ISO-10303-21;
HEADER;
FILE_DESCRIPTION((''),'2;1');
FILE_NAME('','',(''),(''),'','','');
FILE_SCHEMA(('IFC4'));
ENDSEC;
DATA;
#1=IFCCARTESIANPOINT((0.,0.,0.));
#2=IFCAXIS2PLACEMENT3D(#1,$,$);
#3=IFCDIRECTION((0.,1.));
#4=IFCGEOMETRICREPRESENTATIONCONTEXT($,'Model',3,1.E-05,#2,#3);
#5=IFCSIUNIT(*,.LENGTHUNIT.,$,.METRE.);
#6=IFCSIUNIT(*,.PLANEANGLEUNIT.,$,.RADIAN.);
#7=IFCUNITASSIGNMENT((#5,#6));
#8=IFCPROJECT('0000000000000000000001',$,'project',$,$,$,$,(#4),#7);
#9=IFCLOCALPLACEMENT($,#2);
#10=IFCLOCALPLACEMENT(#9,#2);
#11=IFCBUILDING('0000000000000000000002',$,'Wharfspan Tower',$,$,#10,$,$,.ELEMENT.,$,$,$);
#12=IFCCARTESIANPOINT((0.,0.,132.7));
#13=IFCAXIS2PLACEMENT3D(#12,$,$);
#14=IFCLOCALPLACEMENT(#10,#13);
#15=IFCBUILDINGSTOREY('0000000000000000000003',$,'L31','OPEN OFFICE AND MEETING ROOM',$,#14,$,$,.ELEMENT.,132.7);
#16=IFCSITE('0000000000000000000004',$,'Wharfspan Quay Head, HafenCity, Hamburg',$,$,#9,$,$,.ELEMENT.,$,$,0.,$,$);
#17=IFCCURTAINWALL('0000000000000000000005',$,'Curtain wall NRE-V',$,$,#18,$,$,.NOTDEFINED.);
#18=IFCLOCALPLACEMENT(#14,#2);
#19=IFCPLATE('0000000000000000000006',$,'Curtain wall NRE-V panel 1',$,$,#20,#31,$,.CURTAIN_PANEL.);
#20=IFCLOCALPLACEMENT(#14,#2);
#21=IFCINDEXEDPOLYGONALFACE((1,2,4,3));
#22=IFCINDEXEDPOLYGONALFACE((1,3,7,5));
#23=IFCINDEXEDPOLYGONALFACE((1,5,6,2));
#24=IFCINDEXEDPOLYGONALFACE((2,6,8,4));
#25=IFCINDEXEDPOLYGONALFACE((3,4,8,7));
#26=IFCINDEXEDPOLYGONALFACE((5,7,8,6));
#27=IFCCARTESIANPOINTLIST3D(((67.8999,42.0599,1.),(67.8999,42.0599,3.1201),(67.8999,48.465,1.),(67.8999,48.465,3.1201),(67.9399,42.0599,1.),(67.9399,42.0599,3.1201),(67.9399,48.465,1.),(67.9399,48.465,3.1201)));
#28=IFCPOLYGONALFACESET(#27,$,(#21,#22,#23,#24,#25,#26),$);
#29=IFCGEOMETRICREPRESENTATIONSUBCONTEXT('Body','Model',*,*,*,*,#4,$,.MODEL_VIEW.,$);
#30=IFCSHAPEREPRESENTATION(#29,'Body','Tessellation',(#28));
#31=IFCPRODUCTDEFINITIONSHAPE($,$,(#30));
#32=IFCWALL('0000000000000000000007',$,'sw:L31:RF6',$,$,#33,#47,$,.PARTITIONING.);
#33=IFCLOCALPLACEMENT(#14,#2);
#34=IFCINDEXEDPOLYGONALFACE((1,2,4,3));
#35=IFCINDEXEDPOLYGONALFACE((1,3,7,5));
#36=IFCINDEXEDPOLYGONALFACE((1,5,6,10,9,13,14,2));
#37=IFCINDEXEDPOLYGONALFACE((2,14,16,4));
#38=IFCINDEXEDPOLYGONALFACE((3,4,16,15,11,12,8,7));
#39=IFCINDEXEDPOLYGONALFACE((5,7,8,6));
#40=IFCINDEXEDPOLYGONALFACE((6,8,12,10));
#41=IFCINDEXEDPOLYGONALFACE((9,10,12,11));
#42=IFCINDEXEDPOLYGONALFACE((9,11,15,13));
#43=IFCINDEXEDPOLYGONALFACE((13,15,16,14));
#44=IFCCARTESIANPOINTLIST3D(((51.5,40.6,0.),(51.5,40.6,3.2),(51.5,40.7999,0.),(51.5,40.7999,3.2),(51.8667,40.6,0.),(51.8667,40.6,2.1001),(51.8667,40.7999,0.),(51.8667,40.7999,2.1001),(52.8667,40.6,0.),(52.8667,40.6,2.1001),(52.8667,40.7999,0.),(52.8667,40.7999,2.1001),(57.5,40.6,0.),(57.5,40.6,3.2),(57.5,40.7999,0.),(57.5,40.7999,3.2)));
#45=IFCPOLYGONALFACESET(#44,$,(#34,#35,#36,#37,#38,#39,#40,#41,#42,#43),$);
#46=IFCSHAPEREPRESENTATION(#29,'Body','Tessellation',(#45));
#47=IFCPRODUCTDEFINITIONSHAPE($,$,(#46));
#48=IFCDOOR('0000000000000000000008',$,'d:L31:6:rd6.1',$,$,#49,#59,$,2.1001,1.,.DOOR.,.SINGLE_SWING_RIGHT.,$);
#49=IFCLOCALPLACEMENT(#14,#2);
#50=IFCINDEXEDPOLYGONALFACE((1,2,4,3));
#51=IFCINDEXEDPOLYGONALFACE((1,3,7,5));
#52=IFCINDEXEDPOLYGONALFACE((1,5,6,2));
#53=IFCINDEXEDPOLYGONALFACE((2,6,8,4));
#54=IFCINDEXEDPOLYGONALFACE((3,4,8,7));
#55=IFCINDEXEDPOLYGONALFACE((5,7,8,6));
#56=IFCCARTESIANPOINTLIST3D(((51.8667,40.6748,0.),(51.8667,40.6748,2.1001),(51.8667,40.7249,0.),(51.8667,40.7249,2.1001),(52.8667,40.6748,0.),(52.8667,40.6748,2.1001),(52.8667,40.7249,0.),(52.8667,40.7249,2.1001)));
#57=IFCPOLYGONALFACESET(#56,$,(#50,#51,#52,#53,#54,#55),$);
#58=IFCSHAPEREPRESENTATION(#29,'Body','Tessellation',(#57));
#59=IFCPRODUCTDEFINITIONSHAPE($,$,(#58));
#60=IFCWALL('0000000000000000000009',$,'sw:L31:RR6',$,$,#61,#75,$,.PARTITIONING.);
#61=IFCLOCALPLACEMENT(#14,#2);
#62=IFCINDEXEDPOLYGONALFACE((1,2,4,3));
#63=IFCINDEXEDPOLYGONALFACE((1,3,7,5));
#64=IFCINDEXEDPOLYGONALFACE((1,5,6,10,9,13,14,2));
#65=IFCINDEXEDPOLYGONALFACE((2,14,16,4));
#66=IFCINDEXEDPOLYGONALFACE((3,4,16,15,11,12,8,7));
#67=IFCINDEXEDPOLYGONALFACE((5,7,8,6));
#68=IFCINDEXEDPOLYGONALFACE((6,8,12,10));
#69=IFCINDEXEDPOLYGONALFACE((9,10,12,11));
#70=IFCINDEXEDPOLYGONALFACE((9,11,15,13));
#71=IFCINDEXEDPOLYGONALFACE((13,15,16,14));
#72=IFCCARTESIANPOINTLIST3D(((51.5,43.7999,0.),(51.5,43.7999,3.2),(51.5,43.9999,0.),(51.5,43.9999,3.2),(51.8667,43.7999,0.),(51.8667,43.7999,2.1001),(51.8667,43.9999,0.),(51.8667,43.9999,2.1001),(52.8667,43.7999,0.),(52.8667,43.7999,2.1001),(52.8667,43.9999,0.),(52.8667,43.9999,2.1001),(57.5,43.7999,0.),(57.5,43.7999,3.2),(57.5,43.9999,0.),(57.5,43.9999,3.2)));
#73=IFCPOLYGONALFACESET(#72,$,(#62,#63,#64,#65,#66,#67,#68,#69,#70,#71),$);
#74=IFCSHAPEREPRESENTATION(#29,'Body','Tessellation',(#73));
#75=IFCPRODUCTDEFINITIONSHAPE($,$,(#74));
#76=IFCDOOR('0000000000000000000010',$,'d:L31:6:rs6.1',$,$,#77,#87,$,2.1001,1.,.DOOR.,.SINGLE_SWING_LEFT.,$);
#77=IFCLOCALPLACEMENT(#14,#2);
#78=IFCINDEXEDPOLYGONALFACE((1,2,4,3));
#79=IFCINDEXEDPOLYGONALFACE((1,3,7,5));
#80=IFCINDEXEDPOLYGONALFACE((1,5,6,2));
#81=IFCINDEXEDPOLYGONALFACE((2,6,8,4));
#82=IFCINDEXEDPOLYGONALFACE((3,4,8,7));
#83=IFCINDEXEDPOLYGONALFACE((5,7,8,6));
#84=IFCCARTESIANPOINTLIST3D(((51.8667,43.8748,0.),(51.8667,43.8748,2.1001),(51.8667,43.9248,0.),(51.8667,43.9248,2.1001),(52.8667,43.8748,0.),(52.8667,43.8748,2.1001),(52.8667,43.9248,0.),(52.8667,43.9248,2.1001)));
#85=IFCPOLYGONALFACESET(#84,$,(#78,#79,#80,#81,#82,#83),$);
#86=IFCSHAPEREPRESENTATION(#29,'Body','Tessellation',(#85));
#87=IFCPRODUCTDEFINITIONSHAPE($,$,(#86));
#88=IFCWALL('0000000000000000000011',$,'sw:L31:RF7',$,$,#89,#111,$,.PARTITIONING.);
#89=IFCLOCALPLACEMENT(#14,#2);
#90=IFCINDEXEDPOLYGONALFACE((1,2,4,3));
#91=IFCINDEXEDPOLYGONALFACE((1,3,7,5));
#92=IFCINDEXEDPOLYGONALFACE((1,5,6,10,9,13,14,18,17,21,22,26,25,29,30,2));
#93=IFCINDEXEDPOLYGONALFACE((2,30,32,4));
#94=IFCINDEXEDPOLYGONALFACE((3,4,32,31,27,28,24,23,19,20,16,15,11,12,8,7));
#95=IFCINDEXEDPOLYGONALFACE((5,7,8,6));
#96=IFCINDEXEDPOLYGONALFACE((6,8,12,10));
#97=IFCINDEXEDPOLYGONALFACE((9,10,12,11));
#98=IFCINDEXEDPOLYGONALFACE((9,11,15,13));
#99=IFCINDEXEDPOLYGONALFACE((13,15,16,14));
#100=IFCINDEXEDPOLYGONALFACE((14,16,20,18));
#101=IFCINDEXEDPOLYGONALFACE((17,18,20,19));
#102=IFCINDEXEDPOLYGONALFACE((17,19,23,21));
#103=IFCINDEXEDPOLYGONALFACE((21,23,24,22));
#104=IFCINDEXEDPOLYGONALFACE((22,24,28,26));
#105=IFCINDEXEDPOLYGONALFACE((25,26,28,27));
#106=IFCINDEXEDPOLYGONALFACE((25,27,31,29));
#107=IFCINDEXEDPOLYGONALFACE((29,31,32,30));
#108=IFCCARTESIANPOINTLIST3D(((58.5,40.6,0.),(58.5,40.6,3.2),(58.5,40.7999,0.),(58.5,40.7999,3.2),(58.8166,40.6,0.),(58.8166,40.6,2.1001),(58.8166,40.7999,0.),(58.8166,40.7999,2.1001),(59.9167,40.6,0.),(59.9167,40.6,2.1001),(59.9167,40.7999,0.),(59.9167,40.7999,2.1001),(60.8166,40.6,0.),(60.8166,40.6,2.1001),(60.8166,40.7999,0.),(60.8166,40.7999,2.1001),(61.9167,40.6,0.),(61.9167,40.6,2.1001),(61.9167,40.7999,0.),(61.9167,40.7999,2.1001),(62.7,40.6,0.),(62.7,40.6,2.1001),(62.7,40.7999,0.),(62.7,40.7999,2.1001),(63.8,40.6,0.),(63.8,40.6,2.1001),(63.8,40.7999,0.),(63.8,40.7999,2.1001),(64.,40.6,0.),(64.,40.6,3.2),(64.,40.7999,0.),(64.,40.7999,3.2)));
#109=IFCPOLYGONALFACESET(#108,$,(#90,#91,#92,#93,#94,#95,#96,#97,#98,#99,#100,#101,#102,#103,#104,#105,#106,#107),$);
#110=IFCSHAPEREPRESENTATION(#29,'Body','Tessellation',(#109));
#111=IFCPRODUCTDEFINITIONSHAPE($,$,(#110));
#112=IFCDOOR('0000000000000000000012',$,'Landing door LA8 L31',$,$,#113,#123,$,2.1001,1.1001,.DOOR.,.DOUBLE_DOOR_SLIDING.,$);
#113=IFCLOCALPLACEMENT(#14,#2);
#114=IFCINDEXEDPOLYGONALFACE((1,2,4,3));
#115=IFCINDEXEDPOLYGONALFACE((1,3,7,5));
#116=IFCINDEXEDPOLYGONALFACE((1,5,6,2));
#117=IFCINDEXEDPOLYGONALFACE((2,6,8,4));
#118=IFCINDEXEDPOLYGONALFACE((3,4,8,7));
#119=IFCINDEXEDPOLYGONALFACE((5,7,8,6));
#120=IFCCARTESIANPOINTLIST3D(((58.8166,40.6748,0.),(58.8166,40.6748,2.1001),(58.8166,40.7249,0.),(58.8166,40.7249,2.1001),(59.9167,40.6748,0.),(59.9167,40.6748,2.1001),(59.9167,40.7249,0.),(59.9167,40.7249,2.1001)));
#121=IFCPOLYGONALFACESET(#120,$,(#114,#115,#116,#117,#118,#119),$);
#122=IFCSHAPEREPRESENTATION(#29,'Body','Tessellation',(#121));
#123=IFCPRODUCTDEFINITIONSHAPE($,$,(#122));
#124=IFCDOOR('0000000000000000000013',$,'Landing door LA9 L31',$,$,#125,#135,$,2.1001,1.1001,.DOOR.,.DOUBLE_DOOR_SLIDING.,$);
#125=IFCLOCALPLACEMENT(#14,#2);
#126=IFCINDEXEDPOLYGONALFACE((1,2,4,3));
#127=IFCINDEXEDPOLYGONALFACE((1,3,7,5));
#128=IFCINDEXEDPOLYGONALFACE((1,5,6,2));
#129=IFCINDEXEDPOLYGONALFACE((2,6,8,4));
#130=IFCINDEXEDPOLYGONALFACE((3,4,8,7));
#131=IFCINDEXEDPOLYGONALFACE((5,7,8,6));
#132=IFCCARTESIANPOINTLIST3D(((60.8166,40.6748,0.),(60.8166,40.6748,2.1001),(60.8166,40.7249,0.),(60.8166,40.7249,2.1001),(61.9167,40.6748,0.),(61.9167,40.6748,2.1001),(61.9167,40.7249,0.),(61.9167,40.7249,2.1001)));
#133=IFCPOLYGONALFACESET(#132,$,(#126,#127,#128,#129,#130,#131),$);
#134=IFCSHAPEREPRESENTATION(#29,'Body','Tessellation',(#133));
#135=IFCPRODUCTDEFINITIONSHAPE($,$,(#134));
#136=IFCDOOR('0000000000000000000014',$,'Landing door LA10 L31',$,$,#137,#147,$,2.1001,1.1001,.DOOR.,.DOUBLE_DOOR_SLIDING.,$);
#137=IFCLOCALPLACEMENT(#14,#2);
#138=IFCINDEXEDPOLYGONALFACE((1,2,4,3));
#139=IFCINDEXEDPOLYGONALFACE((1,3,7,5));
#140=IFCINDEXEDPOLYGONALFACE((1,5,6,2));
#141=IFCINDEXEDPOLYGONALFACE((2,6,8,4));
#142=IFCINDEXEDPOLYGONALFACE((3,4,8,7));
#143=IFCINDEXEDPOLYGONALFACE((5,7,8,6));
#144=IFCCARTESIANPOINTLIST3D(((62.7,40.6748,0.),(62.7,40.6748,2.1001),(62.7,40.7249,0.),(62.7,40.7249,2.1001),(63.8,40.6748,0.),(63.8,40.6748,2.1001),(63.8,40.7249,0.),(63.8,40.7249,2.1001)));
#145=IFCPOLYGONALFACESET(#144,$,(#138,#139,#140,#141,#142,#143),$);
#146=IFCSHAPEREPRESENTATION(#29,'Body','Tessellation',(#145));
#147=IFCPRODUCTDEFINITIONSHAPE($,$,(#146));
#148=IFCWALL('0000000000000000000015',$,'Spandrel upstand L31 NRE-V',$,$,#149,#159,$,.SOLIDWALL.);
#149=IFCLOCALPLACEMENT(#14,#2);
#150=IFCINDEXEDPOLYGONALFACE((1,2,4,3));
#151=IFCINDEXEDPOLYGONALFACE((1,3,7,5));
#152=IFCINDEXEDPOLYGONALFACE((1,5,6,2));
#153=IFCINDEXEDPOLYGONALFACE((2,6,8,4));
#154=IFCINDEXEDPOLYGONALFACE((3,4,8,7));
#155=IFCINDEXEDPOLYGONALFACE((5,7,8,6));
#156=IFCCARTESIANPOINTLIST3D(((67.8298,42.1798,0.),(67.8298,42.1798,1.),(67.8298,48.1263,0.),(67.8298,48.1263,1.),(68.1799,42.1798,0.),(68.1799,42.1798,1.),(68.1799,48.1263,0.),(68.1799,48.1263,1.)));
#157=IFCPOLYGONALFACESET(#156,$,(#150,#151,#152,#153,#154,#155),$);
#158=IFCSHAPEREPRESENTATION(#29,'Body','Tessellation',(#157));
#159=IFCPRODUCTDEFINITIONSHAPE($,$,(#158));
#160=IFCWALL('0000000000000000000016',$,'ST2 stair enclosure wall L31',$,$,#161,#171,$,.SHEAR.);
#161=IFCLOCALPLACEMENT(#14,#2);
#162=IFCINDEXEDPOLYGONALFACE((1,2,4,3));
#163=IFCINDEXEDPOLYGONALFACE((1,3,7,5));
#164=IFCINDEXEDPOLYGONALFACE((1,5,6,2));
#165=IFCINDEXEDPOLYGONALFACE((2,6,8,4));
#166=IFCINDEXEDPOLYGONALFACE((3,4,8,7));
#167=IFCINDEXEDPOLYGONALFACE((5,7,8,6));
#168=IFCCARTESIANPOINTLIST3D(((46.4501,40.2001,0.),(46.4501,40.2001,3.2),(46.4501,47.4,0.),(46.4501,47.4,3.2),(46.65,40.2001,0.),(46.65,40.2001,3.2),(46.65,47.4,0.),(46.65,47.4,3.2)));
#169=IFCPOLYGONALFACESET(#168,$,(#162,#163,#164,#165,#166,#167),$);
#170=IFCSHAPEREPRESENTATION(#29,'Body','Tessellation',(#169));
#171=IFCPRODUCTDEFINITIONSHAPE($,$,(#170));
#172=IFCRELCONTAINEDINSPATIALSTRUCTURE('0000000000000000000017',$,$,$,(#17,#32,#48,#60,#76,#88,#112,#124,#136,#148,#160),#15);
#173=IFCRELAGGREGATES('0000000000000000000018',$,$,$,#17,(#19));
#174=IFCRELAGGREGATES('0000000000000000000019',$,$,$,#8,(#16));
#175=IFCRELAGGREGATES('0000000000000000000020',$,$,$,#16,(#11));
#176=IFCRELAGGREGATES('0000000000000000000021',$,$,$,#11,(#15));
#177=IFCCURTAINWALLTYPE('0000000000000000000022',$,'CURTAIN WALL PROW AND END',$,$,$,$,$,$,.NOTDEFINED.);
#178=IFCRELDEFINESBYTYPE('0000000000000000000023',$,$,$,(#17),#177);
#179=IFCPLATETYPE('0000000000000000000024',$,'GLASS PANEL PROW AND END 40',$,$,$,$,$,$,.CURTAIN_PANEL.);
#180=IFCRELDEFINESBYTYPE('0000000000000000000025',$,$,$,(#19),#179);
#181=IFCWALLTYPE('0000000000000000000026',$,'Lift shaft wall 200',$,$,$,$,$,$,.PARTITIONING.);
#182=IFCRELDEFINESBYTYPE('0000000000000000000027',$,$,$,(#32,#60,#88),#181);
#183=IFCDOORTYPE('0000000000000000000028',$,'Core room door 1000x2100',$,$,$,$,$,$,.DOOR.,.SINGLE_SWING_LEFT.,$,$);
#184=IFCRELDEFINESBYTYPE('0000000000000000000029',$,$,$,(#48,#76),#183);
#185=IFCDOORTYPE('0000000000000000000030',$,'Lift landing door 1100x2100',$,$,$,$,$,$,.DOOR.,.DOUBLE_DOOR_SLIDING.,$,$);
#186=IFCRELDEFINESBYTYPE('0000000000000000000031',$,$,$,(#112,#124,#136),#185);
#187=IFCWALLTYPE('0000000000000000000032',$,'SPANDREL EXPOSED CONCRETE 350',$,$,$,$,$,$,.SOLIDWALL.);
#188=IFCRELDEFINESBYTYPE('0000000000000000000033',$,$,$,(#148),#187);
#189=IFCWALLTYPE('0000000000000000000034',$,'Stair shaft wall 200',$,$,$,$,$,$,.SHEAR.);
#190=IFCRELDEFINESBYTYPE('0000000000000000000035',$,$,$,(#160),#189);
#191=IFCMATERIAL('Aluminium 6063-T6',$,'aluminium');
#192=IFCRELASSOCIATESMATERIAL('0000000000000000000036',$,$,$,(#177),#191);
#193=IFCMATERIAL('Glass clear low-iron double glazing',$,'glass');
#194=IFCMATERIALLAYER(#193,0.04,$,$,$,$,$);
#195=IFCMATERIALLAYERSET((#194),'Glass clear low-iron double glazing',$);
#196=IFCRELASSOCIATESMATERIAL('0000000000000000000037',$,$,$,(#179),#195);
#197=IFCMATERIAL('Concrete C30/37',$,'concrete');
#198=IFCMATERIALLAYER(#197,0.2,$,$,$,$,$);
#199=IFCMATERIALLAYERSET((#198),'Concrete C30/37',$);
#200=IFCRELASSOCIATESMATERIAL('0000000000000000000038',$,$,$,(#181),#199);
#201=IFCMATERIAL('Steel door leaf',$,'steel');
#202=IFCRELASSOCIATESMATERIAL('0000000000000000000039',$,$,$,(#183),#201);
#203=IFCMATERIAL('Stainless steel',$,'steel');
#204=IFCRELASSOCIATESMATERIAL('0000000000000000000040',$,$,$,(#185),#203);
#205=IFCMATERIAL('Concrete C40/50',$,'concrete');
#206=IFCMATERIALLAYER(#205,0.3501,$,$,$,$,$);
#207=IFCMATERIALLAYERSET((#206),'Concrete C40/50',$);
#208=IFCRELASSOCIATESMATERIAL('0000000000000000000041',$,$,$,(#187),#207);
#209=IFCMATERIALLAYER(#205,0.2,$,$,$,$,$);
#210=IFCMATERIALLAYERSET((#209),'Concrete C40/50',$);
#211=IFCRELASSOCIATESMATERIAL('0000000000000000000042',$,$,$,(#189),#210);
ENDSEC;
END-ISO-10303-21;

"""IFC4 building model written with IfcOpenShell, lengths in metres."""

from ifc_helpers import new_model, si_unit, direction, frame, frame_2d, origin, origin_2d, place, context, subcontext, project, spatial, rectangle, extrude, material, layer, layer_set, type_object, element, fill, aggregate, save


model = new_model("IFC4")

# Units and contexts
model_context = context("Model", 3, precision=1e-05, world=origin(), true_north=direction((0.0, 1.0)))
body_context = subcontext(model_context, "Body", "Model", "MODEL_VIEW")
ifc_project = project(units=[si_unit("LENGTHUNIT", "METRE"), si_unit("PLANEANGLEUNIT", "RADIAN")], contexts=[model_context])

# Site, building, storey
site_placement = place(None, origin())
site = spatial("IfcSite", under=ifc_project, at=site_placement, Name="Wharfspan Quay Head, HafenCity, Hamburg", CompositionType="ELEMENT", RefElevation=0.0)
building_placement = place(site_placement, origin())
building = spatial("IfcBuilding", under=site, at=building_placement, Name="Wharfspan Tower", CompositionType="ELEMENT")
storey_placement = place(building_placement, frame((0.0, 0.0, 132.7)))
storey = spatial("IfcBuildingStorey", under=building, at=storey_placement, Name="L31", Description="OPEN OFFICE AND MEETING ROOM", CompositionType="ELEMENT", Elevation=132.7)

# Shared definitions
ifc_material_1 = material(Name="Aluminium 6063-T6", Category="aluminium")
curtain_wall_type = type_object("IfcCurtainWallType", Name="CURTAIN WALL PROW AND END", PredefinedType="NOTDEFINED", material=ifc_material_1)

# Curtain wall
curtain_wall_1_placement = place(storey_placement, origin())
curtain_wall_1 = element("IfcCurtainWall", 1, at=curtain_wall_1_placement, inside=storey, type_object=curtain_wall_type, Name="Curtain wall NRE-V", PredefinedType="NOTDEFINED")

# Plate
ifc_material_2 = material(Name="Glass clear low-iron double glazing", Category="glass")
ifc_layer_1 = layer(ifc_material_2, 0.04)
ifc_layer_set_1 = layer_set([ifc_layer_1], Name="Glass clear low-iron double glazing")
plate_type = type_object("IfcPlateType", Name="GLASS PANEL PROW AND END 40", PredefinedType="CURTAIN_PANEL", material=ifc_layer_set_1)
plate_placement = place(storey_placement, frame((67.9199, 45.2625, 1.0), z_axis=(0.0, 0.0, 1.0), x_axis=(0.0, 1.0, 0.0)))
plate = element("IfcPlate", 2, at=plate_placement, type_object=plate_type, Name="Curtain wall NRE-V panel 1", PredefinedType="CURTAIN_PANEL", context=body_context, shape_type="SweptSolid", body=[
    extrude(rectangle(XDim=6.405, YDim=0.04, at=origin_2d()), origin(), (0.0, 0.0, 1.0), 2.1201),
])
aggregate(curtain_wall_1, [plate])

# Walls, openings, doors
ifc_material_3 = material(Name="Concrete C30/37", Category="concrete")
ifc_layer_2 = layer(ifc_material_3, 0.2)
ifc_layer_set_2 = layer_set([ifc_layer_2], Name="Concrete C30/37")
wall_type_1 = type_object("IfcWallType", Name="Lift shaft wall 200", PredefinedType="PARTITIONING", material=ifc_layer_set_2)
wall_1_placement = place(storey_placement, frame((51.5, 40.7, 0.0), z_axis=(0.0, 0.0, 1.0), x_axis=(1.0, 0.0, 0.0)))
wall_1 = element("IfcWall", 3, at=wall_1_placement, inside=storey, type_object=wall_type_1, Name="sw:L31:RF6", PredefinedType="PARTITIONING", context=body_context, shape_type="SweptSolid", body=[
    extrude(rectangle(XDim=6.0, YDim=0.2, at=frame_2d((3.0, 0.0))), origin(), (0.0, 0.0, 1.0), 3.2),
])
opening_1_placement = place(wall_1_placement, frame((0.3667, 0.0, 0.0)))
opening_1 = element("IfcOpeningElement", 4, at=opening_1_placement, cuts=wall_1, PredefinedType="OPENING", context=body_context, shape_type="SweptSolid", body=[
    extrude(rectangle(XDim=1.0, YDim=2.1001, at=frame_2d((0.5, 1.05))), frame((0.0, 0.1099, 0.0), z_axis=(0.0, -1.0, 0.0), x_axis=(1.0, 0.0, 0.0)), (0.0, 0.0, 1.0), 0.22),
])
ifc_material_4 = material(Name="Steel door leaf", Category="steel")
door_type_1 = type_object("IfcDoorType", Name="Core room door 1000x2100", OperationType="SINGLE_SWING_LEFT", PredefinedType="DOOR", material=ifc_material_4)
door_1_placement = place(opening_1_placement, origin())
door_1 = element("IfcDoor", 5, at=door_1_placement, inside=storey, type_object=door_type_1, Name="d:L31:6:rd6.1", OperationType="SINGLE_SWING_RIGHT", OverallHeight=2.1001, OverallWidth=1.0, PredefinedType="DOOR", context=body_context, shape_type="SweptSolid", body=[
    extrude(rectangle(XDim=1.0, YDim=2.1001, at=frame_2d((0.5, 1.05))), frame((0.0, 0.0249, 0.0), z_axis=(0.0, -1.0, 0.0), x_axis=(1.0, 0.0, 0.0)), (0.0, 0.0, 1.0), 0.05),
])
fill(opening_1, door_1)
wall_2_placement = place(storey_placement, frame((51.5, 43.8999, 0.0), z_axis=(0.0, 0.0, 1.0), x_axis=(1.0, 0.0, 0.0)))
wall_2 = element("IfcWall", 6, at=wall_2_placement, inside=storey, type_object=wall_type_1, Name="sw:L31:RR6", PredefinedType="PARTITIONING", context=body_context, shape_type="SweptSolid", body=[
    extrude(rectangle(XDim=6.0, YDim=0.2, at=frame_2d((3.0, 0.0))), origin(), (0.0, 0.0, 1.0), 3.2),
])
opening_2_placement = place(wall_2_placement, frame((0.3667, 0.0, 0.0)))
opening_2 = element("IfcOpeningElement", 7, at=opening_2_placement, cuts=wall_2, PredefinedType="OPENING", context=body_context, shape_type="SweptSolid", body=[
    extrude(rectangle(XDim=1.0, YDim=2.1001, at=frame_2d((0.5, 1.05))), frame((0.0, 0.1099, 0.0), z_axis=(0.0, -1.0, 0.0), x_axis=(1.0, 0.0, 0.0)), (0.0, 0.0, 1.0), 0.22),
])
door_2_placement = place(opening_2_placement, origin())
door_2 = element("IfcDoor", 8, at=door_2_placement, inside=storey, type_object=door_type_1, Name="d:L31:6:rs6.1", OperationType="SINGLE_SWING_LEFT", OverallHeight=2.1001, OverallWidth=1.0, PredefinedType="DOOR", context=body_context, shape_type="SweptSolid", body=[
    extrude(rectangle(XDim=1.0, YDim=2.1001, at=frame_2d((0.5, 1.05))), frame((0.0, 0.0249, 0.0), z_axis=(0.0, -1.0, 0.0), x_axis=(1.0, 0.0, 0.0)), (0.0, 0.0, 1.0), 0.05),
])
fill(opening_2, door_2)

# Wall, openings, doors
wall_3_placement = place(storey_placement, frame((58.5, 40.7, 0.0), z_axis=(0.0, 0.0, 1.0), x_axis=(1.0, 0.0, 0.0)))
wall_3 = element("IfcWall", 9, at=wall_3_placement, inside=storey, type_object=wall_type_1, Name="sw:L31:RF7", PredefinedType="PARTITIONING", context=body_context, shape_type="SweptSolid", body=[
    extrude(rectangle(XDim=5.5, YDim=0.2, at=frame_2d((2.75, 0.0))), origin(), (0.0, 0.0, 1.0), 3.2),
])
opening_3_placement = place(wall_3_placement, frame((0.3166, 0.0, 0.0)))
opening_3 = element("IfcOpeningElement", 10, at=opening_3_placement, cuts=wall_3, PredefinedType="OPENING", context=body_context, shape_type="SweptSolid", body=[
    extrude(rectangle(XDim=1.1001, YDim=2.1001, at=frame_2d((0.55, 1.05))), frame((0.0, 0.1099, 0.0), z_axis=(0.0, -1.0, 0.0), x_axis=(1.0, 0.0, 0.0)), (0.0, 0.0, 1.0), 0.22),
])
opening_4_placement = place(wall_3_placement, frame((2.3167, 0.0, 0.0)))
opening_4 = element("IfcOpeningElement", 11, at=opening_4_placement, cuts=wall_3, PredefinedType="OPENING", context=body_context, shape_type="SweptSolid", body=[
    extrude(rectangle(XDim=1.1001, YDim=2.1001, at=frame_2d((0.55, 1.05))), frame((0.0, 0.1099, 0.0), z_axis=(0.0, -1.0, 0.0), x_axis=(1.0, 0.0, 0.0)), (0.0, 0.0, 1.0), 0.22),
])
opening_5_placement = place(wall_3_placement, frame((4.2, 0.0, 0.0)))
opening_5 = element("IfcOpeningElement", 12, at=opening_5_placement, cuts=wall_3, PredefinedType="OPENING", context=body_context, shape_type="SweptSolid", body=[
    extrude(rectangle(XDim=1.1001, YDim=2.1001, at=frame_2d((0.55, 1.05))), frame((0.0, 0.1099, 0.0), z_axis=(0.0, -1.0, 0.0), x_axis=(1.0, 0.0, 0.0)), (0.0, 0.0, 1.0), 0.22),
])
ifc_material_5 = material(Name="Stainless steel", Category="steel")
door_type_2 = type_object("IfcDoorType", Name="Lift landing door 1100x2100", OperationType="DOUBLE_DOOR_SLIDING", PredefinedType="DOOR", material=ifc_material_5)
door_3_placement = place(opening_3_placement, origin())
door_3 = element("IfcDoor", 13, at=door_3_placement, inside=storey, type_object=door_type_2, Name="Landing door LA8 L31", OperationType="DOUBLE_DOOR_SLIDING", OverallHeight=2.1001, OverallWidth=1.1001, PredefinedType="DOOR", context=body_context, shape_type="SweptSolid", body=[
    extrude(rectangle(XDim=1.1001, YDim=2.1001, at=frame_2d((0.55, 1.05))), frame((0.0, 0.0249, 0.0), z_axis=(0.0, -1.0, 0.0), x_axis=(1.0, 0.0, 0.0)), (0.0, 0.0, 1.0), 0.05),
])
fill(opening_3, door_3)
door_4_placement = place(opening_4_placement, origin())
door_4 = element("IfcDoor", 14, at=door_4_placement, inside=storey, type_object=door_type_2, Name="Landing door LA9 L31", OperationType="DOUBLE_DOOR_SLIDING", OverallHeight=2.1001, OverallWidth=1.1001, PredefinedType="DOOR", context=body_context, shape_type="SweptSolid", body=[
    extrude(rectangle(XDim=1.1001, YDim=2.1001, at=frame_2d((0.55, 1.05))), frame((0.0, 0.0249, 0.0), z_axis=(0.0, -1.0, 0.0), x_axis=(1.0, 0.0, 0.0)), (0.0, 0.0, 1.0), 0.05),
])
fill(opening_4, door_4)
door_5_placement = place(opening_5_placement, origin())
door_5 = element("IfcDoor", 15, at=door_5_placement, inside=storey, type_object=door_type_2, Name="Landing door LA10 L31", OperationType="DOUBLE_DOOR_SLIDING", OverallHeight=2.1001, OverallWidth=1.1001, PredefinedType="DOOR", context=body_context, shape_type="SweptSolid", body=[
    extrude(rectangle(XDim=1.1001, YDim=2.1001, at=frame_2d((0.55, 1.05))), frame((0.0, 0.0249, 0.0), z_axis=(0.0, -1.0, 0.0), x_axis=(1.0, 0.0, 0.0)), (0.0, 0.0, 1.0), 0.05),
])
fill(opening_5, door_5)

# Walls
ifc_material_6 = material(Name="Concrete C40/50", Category="concrete")
ifc_layer_3 = layer(ifc_material_6, 0.3501)
ifc_layer_set_3 = layer_set([ifc_layer_3], Name="Concrete C40/50")
wall_type_2 = type_object("IfcWallType", Name="SPANDREL EXPOSED CONCRETE 350", PredefinedType="SOLIDWALL", material=ifc_layer_set_3)
wall_4_placement = place(storey_placement, frame((68.0049, 42.1799, 0.0), z_axis=(0.0, 0.0, 1.0), x_axis=(0.0, 1.0, 0.0)))
element("IfcWall", 16, at=wall_4_placement, inside=storey, type_object=wall_type_2, Name="Spandrel upstand L31 NRE-V", PredefinedType="SOLIDWALL", context=body_context, shape_type="SweptSolid", body=[
    extrude(rectangle(XDim=5.9465, YDim=0.3501, at=frame_2d((2.9731, 0.0))), origin(), (0.0, 0.0, 1.0), 1.0),
])
ifc_layer_4 = layer(ifc_material_6, 0.2)
ifc_layer_set_4 = layer_set([ifc_layer_4], Name="Concrete C40/50")
wall_type_3 = type_object("IfcWallType", Name="Stair shaft wall 200", PredefinedType="SHEAR", material=ifc_layer_set_4)
wall_5_placement = place(storey_placement, frame((46.55, 40.2, 0.0), z_axis=(0.0, 0.0, 1.0), x_axis=(0.0, 1.0, 0.0)))
element("IfcWall", 17, at=wall_5_placement, inside=storey, type_object=wall_type_3, Name="ST2 stair enclosure wall L31", PredefinedType="SHEAR", context=body_context, shape_type="SweptSolid", body=[
    extrude(rectangle(XDim=7.2, YDim=0.2, at=frame_2d((3.6001, 0.0))), origin(), (0.0, 0.0, 1.0), 3.2),
])

save(model, "model.ifc")
